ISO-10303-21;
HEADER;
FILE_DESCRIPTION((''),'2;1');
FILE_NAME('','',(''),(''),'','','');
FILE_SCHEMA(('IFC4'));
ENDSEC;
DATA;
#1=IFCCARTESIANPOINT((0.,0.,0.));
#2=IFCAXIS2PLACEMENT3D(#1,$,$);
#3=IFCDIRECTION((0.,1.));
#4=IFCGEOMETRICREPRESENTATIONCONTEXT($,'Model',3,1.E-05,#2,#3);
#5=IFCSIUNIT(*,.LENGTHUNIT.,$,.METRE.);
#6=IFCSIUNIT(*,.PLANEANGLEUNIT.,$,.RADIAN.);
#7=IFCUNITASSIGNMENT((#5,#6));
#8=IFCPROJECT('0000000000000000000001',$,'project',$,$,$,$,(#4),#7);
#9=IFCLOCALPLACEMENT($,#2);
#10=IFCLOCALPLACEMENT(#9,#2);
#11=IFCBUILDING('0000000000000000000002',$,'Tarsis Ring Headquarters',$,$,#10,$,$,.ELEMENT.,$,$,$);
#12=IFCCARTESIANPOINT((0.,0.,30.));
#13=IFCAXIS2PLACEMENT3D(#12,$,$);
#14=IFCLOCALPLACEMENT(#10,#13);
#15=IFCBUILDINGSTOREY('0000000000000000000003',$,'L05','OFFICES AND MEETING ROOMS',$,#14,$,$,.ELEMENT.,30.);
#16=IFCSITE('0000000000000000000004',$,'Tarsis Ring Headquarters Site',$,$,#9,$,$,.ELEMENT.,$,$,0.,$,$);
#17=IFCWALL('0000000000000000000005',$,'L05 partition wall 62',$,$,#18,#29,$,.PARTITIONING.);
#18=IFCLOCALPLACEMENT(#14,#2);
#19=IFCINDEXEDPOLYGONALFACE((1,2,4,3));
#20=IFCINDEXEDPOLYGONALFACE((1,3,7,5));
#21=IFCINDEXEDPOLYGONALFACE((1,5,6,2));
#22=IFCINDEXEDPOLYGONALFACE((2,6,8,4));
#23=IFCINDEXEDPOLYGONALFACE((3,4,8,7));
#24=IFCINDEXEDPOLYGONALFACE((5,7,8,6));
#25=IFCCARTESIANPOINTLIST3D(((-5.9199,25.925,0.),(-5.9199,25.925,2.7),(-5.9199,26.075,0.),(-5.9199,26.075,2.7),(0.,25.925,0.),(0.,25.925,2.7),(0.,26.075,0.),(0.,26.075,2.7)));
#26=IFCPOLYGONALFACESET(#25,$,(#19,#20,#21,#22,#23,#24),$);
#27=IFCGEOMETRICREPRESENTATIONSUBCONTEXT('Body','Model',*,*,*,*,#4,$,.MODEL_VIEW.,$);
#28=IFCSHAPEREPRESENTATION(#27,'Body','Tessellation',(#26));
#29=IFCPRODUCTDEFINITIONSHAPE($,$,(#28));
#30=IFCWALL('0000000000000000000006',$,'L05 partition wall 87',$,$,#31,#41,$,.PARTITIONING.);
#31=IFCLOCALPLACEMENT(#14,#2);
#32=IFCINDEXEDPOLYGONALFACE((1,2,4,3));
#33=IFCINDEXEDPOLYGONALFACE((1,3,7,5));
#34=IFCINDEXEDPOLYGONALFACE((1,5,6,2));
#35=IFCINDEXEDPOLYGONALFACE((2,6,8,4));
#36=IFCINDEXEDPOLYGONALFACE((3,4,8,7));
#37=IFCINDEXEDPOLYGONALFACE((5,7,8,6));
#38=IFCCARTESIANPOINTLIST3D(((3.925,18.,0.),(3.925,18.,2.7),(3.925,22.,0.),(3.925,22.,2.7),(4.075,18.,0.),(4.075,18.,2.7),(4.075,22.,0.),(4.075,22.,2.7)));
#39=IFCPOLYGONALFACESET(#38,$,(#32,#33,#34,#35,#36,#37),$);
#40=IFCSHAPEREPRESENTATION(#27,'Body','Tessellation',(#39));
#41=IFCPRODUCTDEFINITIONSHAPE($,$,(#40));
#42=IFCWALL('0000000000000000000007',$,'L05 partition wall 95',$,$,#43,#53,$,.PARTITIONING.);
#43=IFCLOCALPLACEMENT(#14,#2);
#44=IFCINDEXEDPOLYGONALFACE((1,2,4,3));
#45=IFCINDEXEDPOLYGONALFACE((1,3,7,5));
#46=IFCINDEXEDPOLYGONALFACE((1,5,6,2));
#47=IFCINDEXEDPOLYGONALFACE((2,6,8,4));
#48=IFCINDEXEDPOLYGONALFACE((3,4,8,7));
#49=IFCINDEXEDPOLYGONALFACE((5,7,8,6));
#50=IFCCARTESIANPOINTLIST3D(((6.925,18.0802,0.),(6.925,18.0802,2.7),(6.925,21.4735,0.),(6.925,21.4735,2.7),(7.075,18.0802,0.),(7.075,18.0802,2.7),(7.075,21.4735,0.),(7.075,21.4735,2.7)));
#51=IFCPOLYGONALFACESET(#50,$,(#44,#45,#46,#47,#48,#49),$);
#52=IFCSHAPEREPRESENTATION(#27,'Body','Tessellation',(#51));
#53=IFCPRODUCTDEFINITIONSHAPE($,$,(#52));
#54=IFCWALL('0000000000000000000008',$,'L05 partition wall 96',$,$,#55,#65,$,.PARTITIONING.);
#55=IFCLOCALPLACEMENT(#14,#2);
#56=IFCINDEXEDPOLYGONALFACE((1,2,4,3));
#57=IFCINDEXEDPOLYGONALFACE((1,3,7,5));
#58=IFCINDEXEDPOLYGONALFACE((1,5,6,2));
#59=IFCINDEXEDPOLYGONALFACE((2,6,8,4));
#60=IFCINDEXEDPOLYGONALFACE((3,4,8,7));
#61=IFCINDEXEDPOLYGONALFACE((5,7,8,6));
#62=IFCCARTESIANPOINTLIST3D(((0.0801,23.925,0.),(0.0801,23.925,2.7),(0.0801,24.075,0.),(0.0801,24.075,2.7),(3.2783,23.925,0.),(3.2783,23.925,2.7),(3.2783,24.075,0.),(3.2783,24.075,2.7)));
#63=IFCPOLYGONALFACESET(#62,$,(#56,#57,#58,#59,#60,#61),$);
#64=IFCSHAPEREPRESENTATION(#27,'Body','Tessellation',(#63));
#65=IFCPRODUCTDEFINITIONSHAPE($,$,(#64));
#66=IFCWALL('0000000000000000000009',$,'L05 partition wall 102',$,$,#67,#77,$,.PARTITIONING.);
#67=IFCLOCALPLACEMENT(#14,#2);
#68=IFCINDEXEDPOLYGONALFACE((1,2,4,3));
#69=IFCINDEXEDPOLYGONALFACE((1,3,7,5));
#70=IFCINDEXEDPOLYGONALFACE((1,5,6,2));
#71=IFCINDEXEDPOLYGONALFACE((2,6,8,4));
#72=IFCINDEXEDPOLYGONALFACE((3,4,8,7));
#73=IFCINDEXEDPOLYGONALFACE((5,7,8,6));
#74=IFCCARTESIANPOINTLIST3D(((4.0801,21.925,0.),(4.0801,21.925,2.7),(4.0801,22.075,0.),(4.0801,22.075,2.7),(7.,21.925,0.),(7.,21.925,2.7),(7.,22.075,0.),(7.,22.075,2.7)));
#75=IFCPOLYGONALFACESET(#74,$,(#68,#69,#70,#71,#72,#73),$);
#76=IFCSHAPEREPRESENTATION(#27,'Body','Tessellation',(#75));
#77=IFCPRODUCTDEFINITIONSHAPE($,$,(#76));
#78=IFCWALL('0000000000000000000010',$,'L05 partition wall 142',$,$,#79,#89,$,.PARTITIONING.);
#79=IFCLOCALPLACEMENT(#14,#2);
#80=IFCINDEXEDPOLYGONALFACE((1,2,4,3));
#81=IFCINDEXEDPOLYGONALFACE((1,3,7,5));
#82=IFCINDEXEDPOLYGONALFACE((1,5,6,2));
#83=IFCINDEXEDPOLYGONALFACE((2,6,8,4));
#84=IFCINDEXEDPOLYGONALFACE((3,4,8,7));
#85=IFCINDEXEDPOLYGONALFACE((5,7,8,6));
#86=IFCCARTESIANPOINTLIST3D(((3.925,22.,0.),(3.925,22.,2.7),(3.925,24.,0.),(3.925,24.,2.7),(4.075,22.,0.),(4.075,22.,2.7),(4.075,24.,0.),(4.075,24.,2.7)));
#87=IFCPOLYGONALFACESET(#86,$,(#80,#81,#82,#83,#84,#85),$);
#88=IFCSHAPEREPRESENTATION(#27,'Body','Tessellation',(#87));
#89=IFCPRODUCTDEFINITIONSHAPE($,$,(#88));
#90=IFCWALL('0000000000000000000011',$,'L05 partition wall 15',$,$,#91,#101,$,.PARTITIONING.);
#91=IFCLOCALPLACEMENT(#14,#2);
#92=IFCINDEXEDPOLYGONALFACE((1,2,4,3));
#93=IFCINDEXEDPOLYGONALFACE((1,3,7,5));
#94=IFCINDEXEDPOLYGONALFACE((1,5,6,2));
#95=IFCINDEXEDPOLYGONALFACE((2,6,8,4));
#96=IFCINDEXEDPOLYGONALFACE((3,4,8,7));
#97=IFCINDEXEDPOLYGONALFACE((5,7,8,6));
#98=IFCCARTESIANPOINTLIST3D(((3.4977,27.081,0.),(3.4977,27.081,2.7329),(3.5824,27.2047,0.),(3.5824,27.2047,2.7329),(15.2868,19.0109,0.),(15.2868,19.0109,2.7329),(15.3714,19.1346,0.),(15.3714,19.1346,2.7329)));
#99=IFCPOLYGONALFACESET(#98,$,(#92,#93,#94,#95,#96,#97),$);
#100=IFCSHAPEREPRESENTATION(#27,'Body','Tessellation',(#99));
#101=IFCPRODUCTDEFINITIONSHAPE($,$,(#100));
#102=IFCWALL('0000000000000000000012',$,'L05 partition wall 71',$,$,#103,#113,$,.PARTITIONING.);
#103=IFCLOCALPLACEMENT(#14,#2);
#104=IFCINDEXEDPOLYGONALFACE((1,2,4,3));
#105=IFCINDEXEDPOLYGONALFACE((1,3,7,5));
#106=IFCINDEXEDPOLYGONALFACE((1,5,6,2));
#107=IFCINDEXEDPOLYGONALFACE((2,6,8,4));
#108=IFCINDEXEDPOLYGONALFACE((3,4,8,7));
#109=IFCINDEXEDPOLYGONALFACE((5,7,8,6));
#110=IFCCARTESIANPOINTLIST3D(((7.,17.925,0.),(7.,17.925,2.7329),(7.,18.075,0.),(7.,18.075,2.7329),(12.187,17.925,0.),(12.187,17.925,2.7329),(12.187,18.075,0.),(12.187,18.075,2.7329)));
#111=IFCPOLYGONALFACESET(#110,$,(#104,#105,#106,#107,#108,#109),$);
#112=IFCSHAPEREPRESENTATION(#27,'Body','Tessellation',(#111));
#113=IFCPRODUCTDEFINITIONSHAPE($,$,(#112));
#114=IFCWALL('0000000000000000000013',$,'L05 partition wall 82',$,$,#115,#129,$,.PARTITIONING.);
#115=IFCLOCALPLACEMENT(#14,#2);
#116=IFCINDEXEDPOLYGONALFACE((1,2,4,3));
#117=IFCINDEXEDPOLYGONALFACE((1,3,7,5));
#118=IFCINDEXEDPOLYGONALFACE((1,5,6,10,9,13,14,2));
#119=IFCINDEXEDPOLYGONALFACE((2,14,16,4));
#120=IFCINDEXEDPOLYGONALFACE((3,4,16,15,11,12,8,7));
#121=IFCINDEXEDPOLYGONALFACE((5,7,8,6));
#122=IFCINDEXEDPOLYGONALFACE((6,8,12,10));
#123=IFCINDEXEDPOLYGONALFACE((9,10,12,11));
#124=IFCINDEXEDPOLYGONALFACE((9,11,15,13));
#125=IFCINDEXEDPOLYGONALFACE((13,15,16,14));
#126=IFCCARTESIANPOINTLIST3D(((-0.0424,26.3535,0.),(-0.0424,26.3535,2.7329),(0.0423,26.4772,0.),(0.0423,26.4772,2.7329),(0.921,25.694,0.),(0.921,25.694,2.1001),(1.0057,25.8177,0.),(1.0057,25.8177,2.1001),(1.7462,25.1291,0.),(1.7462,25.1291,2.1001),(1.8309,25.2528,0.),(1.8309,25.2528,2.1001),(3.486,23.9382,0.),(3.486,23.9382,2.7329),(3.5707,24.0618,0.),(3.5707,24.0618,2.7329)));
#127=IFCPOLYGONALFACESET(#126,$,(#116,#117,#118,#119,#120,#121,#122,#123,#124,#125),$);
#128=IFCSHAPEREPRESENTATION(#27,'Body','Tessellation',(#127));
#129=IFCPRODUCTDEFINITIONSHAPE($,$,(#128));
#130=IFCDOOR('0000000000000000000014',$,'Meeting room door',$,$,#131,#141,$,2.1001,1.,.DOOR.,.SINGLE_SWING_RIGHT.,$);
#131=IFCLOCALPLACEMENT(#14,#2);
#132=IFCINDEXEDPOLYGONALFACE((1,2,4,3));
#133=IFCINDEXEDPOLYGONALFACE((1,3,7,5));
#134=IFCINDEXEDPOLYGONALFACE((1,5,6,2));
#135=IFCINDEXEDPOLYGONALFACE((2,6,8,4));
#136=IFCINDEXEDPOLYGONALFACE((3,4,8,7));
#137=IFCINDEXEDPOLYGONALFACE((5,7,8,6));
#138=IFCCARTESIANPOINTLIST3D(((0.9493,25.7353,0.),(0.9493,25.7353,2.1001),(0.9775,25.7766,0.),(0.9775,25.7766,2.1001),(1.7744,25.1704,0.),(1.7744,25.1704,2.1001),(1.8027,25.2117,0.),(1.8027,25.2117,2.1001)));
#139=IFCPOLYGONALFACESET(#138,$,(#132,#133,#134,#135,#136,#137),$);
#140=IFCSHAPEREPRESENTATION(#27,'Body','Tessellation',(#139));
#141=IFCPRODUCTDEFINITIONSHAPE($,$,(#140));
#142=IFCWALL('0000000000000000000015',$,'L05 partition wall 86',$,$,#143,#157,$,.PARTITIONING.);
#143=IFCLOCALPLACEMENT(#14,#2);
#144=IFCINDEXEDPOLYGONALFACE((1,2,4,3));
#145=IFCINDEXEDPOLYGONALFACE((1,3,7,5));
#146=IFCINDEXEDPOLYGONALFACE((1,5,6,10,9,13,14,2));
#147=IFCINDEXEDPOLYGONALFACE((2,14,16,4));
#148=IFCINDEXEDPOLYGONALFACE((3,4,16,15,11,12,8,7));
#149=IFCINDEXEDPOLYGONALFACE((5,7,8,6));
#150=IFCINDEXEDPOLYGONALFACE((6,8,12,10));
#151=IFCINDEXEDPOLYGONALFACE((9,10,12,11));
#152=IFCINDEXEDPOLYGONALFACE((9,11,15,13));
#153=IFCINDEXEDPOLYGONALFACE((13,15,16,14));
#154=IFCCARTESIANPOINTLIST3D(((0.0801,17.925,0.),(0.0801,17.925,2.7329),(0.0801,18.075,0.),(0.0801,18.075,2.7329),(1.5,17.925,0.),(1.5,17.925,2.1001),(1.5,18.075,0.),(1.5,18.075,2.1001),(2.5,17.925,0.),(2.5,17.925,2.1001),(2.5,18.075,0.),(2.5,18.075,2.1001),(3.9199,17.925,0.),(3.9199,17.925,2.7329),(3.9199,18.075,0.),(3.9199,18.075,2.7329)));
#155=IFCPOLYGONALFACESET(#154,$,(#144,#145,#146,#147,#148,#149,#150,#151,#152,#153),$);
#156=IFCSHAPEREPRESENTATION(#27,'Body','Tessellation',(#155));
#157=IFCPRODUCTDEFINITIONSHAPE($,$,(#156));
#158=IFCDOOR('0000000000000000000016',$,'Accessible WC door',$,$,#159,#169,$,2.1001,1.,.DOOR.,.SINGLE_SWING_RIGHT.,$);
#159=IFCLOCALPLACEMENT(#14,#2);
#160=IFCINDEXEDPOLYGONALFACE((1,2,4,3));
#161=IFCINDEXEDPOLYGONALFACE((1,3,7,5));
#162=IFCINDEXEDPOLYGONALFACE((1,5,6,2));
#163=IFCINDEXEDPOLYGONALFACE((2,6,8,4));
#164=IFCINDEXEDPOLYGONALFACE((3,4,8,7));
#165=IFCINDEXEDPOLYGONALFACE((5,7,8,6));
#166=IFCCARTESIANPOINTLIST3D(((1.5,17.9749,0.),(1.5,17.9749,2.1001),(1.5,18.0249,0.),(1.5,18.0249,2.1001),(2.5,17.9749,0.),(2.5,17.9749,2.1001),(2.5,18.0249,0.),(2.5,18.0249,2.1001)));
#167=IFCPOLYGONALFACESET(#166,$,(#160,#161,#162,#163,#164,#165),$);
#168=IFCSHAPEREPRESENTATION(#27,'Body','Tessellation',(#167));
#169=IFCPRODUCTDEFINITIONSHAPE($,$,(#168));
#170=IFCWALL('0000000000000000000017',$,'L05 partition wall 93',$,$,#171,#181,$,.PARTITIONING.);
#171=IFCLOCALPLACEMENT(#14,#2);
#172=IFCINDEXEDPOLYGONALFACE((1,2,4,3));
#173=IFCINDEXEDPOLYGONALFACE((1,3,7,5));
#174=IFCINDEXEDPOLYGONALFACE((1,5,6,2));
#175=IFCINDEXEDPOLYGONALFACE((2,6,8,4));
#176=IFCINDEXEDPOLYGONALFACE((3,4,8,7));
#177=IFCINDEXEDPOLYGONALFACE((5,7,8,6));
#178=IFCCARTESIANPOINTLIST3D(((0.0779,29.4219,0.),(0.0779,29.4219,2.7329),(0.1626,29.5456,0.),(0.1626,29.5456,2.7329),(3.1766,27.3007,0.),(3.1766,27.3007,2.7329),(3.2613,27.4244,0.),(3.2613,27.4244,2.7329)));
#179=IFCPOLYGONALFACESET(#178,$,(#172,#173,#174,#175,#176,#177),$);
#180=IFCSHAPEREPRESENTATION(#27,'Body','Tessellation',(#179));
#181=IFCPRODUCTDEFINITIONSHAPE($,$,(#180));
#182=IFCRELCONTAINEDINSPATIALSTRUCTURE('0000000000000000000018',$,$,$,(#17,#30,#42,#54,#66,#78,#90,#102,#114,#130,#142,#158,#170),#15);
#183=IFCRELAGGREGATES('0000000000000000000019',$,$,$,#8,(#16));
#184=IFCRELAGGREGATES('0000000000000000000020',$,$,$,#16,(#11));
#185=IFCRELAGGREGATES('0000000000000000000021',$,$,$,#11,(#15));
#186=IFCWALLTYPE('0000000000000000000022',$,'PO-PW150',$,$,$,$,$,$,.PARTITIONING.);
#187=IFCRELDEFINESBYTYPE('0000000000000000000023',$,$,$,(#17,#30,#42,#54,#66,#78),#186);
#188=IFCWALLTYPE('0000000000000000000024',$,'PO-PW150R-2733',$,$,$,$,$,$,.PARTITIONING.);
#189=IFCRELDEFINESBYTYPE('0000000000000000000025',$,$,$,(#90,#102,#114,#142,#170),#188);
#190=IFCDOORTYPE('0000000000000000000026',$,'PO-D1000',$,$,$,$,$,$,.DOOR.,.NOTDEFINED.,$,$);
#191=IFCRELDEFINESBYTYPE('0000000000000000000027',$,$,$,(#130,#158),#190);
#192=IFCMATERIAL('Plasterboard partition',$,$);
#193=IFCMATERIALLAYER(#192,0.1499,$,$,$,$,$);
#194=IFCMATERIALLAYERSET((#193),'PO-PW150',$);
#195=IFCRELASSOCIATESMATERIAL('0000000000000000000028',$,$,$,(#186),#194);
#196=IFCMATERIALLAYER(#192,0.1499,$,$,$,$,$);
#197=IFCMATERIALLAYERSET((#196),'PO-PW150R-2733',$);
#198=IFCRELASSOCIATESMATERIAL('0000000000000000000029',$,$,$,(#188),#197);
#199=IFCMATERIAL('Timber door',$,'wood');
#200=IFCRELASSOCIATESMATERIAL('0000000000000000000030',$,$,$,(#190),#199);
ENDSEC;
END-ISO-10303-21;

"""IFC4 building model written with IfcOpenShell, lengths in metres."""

from ifc_helpers import new_model, si_unit, direction, frame, frame_2d, origin, place, context, subcontext, project, spatial, rectangle, extrude, material, layer, layer_set, type_object, element, fill, save


model = new_model("IFC4")

# Units and contexts
model_context = context("Model", 3, precision=1e-05, world=origin(), true_north=direction((0.0, 1.0)))
body_context = subcontext(model_context, "Body", "Model", "MODEL_VIEW")
ifc_project = project(units=[si_unit("LENGTHUNIT", "METRE"), si_unit("PLANEANGLEUNIT", "RADIAN")], contexts=[model_context])

# Site, building, storey
site_placement = place(None, origin())
site = spatial("IfcSite", under=ifc_project, at=site_placement, Name="Tarsis Ring Headquarters Site", CompositionType="ELEMENT", RefElevation=0.0)
building_placement = place(site_placement, origin())
building = spatial("IfcBuilding", under=site, at=building_placement, Name="Tarsis Ring Headquarters", CompositionType="ELEMENT")
storey_placement = place(building_placement, frame((0.0, 0.0, 30.0)))
storey = spatial("IfcBuildingStorey", under=building, at=storey_placement, Name="L05", Description="OFFICES AND MEETING ROOMS", CompositionType="ELEMENT", Elevation=30.0)

# Walls
ifc_material_1 = material(Name="Plasterboard partition")
ifc_layer_1 = layer(ifc_material_1, 0.1499)
ifc_layer_set_1 = layer_set([ifc_layer_1], Name="PO-PW150")
wall_type_1 = type_object("IfcWallType", Name="PO-PW150", PredefinedType="PARTITIONING", material=ifc_layer_set_1)
wall_1_placement = place(storey_placement, frame((0.0, 26.0, 0.0), z_axis=(0.0, 0.0, 1.0), x_axis=(-1.0, 0.0, 0.0)))
element("IfcWall", 1, at=wall_1_placement, inside=storey, type_object=wall_type_1, Name="L05 partition wall 62", PredefinedType="PARTITIONING", context=body_context, shape_type="SweptSolid", body=[
    extrude(rectangle(XDim=5.9199, YDim=0.1499, at=frame_2d((2.96, 0.0))), origin(), (0.0, 0.0, 1.0), 2.7),
])
wall_2_placement = place(storey_placement, frame((4.0, 18.0, 0.0), z_axis=(0.0, 0.0, 1.0), x_axis=(0.0, 1.0, 0.0)))
element("IfcWall", 2, at=wall_2_placement, inside=storey, type_object=wall_type_1, Name="L05 partition wall 87", PredefinedType="PARTITIONING", context=body_context, shape_type="SweptSolid", body=[
    extrude(rectangle(XDim=4.0, YDim=0.1499, at=frame_2d((2.0, 0.0))), origin(), (0.0, 0.0, 1.0), 2.7),
])
wall_3_placement = place(storey_placement, frame((7.0, 18.0801, 0.0), z_axis=(0.0, 0.0, 1.0), x_axis=(0.0, 1.0, 0.0)))
element("IfcWall", 3, at=wall_3_placement, inside=storey, type_object=wall_type_1, Name="L05 partition wall 95", PredefinedType="PARTITIONING", context=body_context, shape_type="SweptSolid", body=[
    extrude(rectangle(XDim=3.3933, YDim=0.1499, at=frame_2d((1.6968, 0.0))), origin(), (0.0, 0.0, 1.0), 2.7),
])
wall_4_placement = place(storey_placement, frame((3.2783, 24.0, 0.0), z_axis=(0.0, 0.0, 1.0), x_axis=(-1.0, 0.0, 0.0)))
element("IfcWall", 4, at=wall_4_placement, inside=storey, type_object=wall_type_1, Name="L05 partition wall 96", PredefinedType="PARTITIONING", context=body_context, shape_type="SweptSolid", body=[
    extrude(rectangle(XDim=3.1982, YDim=0.1499, at=frame_2d((1.5991, 0.0))), origin(), (0.0, 0.0, 1.0), 2.7),
])
wall_5_placement = place(storey_placement, frame((7.0, 22.0, 0.0), z_axis=(0.0, 0.0, 1.0), x_axis=(-1.0, 0.0, 0.0)))
element("IfcWall", 5, at=wall_5_placement, inside=storey, type_object=wall_type_1, Name="L05 partition wall 102", PredefinedType="PARTITIONING", context=body_context, shape_type="SweptSolid", body=[
    extrude(rectangle(XDim=2.9199, YDim=0.1499, at=frame_2d((1.46, 0.0))), origin(), (0.0, 0.0, 1.0), 2.7),
])
wall_6_placement = place(storey_placement, frame((4.0, 22.0, 0.0), z_axis=(0.0, 0.0, 1.0), x_axis=(0.0, 1.0, 0.0)))
element("IfcWall", 6, at=wall_6_placement, inside=storey, type_object=wall_type_1, Name="L05 partition wall 142", PredefinedType="PARTITIONING", context=body_context, shape_type="SweptSolid", body=[
    extrude(rectangle(XDim=2.0, YDim=0.1499, at=frame_2d((1.0, 0.0))), origin(), (0.0, 0.0, 1.0), 2.7),
])
ifc_layer_2 = layer(ifc_material_1, 0.1499)
ifc_layer_set_2 = layer_set([ifc_layer_2], Name="PO-PW150R-2733")
wall_type_2 = type_object("IfcWallType", Name="PO-PW150R-2733", PredefinedType="PARTITIONING", material=ifc_layer_set_2)
wall_7_placement = place(storey_placement, frame((3.54, 27.1428, 0.0), z_axis=(0.0, 0.0, 1.0), x_axis=(0.825181, -0.564868, 0.0)))
element("IfcWall", 7, at=wall_7_placement, inside=storey, type_object=wall_type_2, Name="L05 partition wall 15", PredefinedType="PARTITIONING", context=body_context, shape_type="SweptSolid", body=[
    extrude(rectangle(XDim=14.2866, YDim=0.1499, at=frame_2d((7.1433, 0.0))), origin(), (0.0, 0.0, 1.0), 2.7329),
])
wall_8_placement = place(storey_placement, frame((7.0, 18.0, 0.0), z_axis=(0.0, 0.0, 1.0), x_axis=(1.0, 0.0, 0.0)))
element("IfcWall", 8, at=wall_8_placement, inside=storey, type_object=wall_type_2, Name="L05 partition wall 71", PredefinedType="PARTITIONING", context=body_context, shape_type="SweptSolid", body=[
    extrude(rectangle(XDim=5.187, YDim=0.1499, at=frame_2d((2.5935, 0.0))), origin(), (0.0, 0.0, 1.0), 2.7329),
])

# Walls, openings, doors
wall_9_placement = place(storey_placement, frame((3.5283, 24.0, 0.0), z_axis=(0.0, 0.0, 1.0), x_axis=(-0.82518, 0.56487, 0.0)))
wall_9 = element("IfcWall", 9, at=wall_9_placement, inside=storey, type_object=wall_type_2, Name="L05 partition wall 82", PredefinedType="PARTITIONING", context=body_context, shape_type="SweptSolid", body=[
    extrude(rectangle(XDim=4.2759, YDim=0.1499, at=frame_2d((2.1379, 0.0))), origin(), (0.0, 0.0, 1.0), 2.7329),
])
opening_1_placement = place(wall_9_placement, frame((2.1084, 0.0, 0.0)))
opening_1 = element("IfcOpeningElement", 10, at=opening_1_placement, cuts=wall_9, PredefinedType="OPENING", context=body_context, shape_type="SweptSolid", body=[
    extrude(rectangle(XDim=1.0, YDim=2.1001, at=frame_2d((0.5, 1.05))), frame((0.0, 0.085, 0.0), z_axis=(0.0, -1.0, 0.0), x_axis=(1.0, 0.0, 0.0)), (0.0, 0.0, 1.0), 0.1699),
])
ifc_material_2 = material(Name="Timber door", Category="wood")
door_type = type_object("IfcDoorType", Name="PO-D1000", OperationType="NOTDEFINED", PredefinedType="DOOR", material=ifc_material_2)
door_1_placement = place(opening_1_placement, origin())
door_1 = element("IfcDoor", 11, at=door_1_placement, inside=storey, type_object=door_type, Name="Meeting room door", OperationType="SINGLE_SWING_RIGHT", OverallHeight=2.1001, OverallWidth=1.0, PredefinedType="DOOR", context=body_context, shape_type="SweptSolid", body=[
    extrude(rectangle(XDim=1.0, YDim=2.1001, at=frame_2d((0.5, 1.05))), frame((0.0, 0.0249, 0.0), z_axis=(0.0, -1.0, 0.0), x_axis=(1.0, 0.0, 0.0)), (0.0, 0.0, 1.0), 0.05),
])
fill(opening_1, door_1)
wall_10_placement = place(storey_placement, frame((0.0801, 18.0, 0.0), z_axis=(0.0, 0.0, 1.0), x_axis=(1.0, 0.0, 0.0)))
wall_10 = element("IfcWall", 12, at=wall_10_placement, inside=storey, type_object=wall_type_2, Name="L05 partition wall 86", PredefinedType="PARTITIONING", context=body_context, shape_type="SweptSolid", body=[
    extrude(rectangle(XDim=3.8398, YDim=0.1499, at=frame_2d((1.9199, 0.0))), origin(), (0.0, 0.0, 1.0), 2.7329),
])
opening_2_placement = place(wall_10_placement, frame((1.4199, 0.0, 0.0)))
opening_2 = element("IfcOpeningElement", 13, at=opening_2_placement, cuts=wall_10, PredefinedType="OPENING", context=body_context, shape_type="SweptSolid", body=[
    extrude(rectangle(XDim=1.0, YDim=2.1001, at=frame_2d((0.5, 1.05))), frame((0.0, 0.085, 0.0), z_axis=(0.0, -1.0, 0.0), x_axis=(1.0, 0.0, 0.0)), (0.0, 0.0, 1.0), 0.1699),
])
door_2_placement = place(opening_2_placement, origin())
door_2 = element("IfcDoor", 14, at=door_2_placement, inside=storey, type_object=door_type, Name="Accessible WC door", OperationType="SINGLE_SWING_RIGHT", OverallHeight=2.1001, OverallWidth=1.0, PredefinedType="DOOR", context=body_context, shape_type="SweptSolid", body=[
    extrude(rectangle(XDim=1.0, YDim=2.1001, at=frame_2d((0.5, 1.05))), frame((0.0, 0.0249, 0.0), z_axis=(0.0, -1.0, 0.0), x_axis=(1.0, 0.0, 0.0)), (0.0, 0.0, 1.0), 0.05),
])
fill(opening_2, door_2)

# Wall
wall_11_placement = place(storey_placement, frame((0.1204, 29.4836, 0.0), z_axis=(0.0, 0.0, 1.0), x_axis=(0.825186, -0.564861, 0.0)))
element("IfcWall", 15, at=wall_11_placement, inside=storey, type_object=wall_type_2, Name="L05 partition wall 93", PredefinedType="PARTITIONING", context=body_context, shape_type="SweptSolid", body=[
    extrude(rectangle(XDim=3.7551, YDim=0.1499, at=frame_2d((1.8774, 0.0))), origin(), (0.0, 0.0, 1.0), 2.7329),
])

save(model, "model.ifc")
